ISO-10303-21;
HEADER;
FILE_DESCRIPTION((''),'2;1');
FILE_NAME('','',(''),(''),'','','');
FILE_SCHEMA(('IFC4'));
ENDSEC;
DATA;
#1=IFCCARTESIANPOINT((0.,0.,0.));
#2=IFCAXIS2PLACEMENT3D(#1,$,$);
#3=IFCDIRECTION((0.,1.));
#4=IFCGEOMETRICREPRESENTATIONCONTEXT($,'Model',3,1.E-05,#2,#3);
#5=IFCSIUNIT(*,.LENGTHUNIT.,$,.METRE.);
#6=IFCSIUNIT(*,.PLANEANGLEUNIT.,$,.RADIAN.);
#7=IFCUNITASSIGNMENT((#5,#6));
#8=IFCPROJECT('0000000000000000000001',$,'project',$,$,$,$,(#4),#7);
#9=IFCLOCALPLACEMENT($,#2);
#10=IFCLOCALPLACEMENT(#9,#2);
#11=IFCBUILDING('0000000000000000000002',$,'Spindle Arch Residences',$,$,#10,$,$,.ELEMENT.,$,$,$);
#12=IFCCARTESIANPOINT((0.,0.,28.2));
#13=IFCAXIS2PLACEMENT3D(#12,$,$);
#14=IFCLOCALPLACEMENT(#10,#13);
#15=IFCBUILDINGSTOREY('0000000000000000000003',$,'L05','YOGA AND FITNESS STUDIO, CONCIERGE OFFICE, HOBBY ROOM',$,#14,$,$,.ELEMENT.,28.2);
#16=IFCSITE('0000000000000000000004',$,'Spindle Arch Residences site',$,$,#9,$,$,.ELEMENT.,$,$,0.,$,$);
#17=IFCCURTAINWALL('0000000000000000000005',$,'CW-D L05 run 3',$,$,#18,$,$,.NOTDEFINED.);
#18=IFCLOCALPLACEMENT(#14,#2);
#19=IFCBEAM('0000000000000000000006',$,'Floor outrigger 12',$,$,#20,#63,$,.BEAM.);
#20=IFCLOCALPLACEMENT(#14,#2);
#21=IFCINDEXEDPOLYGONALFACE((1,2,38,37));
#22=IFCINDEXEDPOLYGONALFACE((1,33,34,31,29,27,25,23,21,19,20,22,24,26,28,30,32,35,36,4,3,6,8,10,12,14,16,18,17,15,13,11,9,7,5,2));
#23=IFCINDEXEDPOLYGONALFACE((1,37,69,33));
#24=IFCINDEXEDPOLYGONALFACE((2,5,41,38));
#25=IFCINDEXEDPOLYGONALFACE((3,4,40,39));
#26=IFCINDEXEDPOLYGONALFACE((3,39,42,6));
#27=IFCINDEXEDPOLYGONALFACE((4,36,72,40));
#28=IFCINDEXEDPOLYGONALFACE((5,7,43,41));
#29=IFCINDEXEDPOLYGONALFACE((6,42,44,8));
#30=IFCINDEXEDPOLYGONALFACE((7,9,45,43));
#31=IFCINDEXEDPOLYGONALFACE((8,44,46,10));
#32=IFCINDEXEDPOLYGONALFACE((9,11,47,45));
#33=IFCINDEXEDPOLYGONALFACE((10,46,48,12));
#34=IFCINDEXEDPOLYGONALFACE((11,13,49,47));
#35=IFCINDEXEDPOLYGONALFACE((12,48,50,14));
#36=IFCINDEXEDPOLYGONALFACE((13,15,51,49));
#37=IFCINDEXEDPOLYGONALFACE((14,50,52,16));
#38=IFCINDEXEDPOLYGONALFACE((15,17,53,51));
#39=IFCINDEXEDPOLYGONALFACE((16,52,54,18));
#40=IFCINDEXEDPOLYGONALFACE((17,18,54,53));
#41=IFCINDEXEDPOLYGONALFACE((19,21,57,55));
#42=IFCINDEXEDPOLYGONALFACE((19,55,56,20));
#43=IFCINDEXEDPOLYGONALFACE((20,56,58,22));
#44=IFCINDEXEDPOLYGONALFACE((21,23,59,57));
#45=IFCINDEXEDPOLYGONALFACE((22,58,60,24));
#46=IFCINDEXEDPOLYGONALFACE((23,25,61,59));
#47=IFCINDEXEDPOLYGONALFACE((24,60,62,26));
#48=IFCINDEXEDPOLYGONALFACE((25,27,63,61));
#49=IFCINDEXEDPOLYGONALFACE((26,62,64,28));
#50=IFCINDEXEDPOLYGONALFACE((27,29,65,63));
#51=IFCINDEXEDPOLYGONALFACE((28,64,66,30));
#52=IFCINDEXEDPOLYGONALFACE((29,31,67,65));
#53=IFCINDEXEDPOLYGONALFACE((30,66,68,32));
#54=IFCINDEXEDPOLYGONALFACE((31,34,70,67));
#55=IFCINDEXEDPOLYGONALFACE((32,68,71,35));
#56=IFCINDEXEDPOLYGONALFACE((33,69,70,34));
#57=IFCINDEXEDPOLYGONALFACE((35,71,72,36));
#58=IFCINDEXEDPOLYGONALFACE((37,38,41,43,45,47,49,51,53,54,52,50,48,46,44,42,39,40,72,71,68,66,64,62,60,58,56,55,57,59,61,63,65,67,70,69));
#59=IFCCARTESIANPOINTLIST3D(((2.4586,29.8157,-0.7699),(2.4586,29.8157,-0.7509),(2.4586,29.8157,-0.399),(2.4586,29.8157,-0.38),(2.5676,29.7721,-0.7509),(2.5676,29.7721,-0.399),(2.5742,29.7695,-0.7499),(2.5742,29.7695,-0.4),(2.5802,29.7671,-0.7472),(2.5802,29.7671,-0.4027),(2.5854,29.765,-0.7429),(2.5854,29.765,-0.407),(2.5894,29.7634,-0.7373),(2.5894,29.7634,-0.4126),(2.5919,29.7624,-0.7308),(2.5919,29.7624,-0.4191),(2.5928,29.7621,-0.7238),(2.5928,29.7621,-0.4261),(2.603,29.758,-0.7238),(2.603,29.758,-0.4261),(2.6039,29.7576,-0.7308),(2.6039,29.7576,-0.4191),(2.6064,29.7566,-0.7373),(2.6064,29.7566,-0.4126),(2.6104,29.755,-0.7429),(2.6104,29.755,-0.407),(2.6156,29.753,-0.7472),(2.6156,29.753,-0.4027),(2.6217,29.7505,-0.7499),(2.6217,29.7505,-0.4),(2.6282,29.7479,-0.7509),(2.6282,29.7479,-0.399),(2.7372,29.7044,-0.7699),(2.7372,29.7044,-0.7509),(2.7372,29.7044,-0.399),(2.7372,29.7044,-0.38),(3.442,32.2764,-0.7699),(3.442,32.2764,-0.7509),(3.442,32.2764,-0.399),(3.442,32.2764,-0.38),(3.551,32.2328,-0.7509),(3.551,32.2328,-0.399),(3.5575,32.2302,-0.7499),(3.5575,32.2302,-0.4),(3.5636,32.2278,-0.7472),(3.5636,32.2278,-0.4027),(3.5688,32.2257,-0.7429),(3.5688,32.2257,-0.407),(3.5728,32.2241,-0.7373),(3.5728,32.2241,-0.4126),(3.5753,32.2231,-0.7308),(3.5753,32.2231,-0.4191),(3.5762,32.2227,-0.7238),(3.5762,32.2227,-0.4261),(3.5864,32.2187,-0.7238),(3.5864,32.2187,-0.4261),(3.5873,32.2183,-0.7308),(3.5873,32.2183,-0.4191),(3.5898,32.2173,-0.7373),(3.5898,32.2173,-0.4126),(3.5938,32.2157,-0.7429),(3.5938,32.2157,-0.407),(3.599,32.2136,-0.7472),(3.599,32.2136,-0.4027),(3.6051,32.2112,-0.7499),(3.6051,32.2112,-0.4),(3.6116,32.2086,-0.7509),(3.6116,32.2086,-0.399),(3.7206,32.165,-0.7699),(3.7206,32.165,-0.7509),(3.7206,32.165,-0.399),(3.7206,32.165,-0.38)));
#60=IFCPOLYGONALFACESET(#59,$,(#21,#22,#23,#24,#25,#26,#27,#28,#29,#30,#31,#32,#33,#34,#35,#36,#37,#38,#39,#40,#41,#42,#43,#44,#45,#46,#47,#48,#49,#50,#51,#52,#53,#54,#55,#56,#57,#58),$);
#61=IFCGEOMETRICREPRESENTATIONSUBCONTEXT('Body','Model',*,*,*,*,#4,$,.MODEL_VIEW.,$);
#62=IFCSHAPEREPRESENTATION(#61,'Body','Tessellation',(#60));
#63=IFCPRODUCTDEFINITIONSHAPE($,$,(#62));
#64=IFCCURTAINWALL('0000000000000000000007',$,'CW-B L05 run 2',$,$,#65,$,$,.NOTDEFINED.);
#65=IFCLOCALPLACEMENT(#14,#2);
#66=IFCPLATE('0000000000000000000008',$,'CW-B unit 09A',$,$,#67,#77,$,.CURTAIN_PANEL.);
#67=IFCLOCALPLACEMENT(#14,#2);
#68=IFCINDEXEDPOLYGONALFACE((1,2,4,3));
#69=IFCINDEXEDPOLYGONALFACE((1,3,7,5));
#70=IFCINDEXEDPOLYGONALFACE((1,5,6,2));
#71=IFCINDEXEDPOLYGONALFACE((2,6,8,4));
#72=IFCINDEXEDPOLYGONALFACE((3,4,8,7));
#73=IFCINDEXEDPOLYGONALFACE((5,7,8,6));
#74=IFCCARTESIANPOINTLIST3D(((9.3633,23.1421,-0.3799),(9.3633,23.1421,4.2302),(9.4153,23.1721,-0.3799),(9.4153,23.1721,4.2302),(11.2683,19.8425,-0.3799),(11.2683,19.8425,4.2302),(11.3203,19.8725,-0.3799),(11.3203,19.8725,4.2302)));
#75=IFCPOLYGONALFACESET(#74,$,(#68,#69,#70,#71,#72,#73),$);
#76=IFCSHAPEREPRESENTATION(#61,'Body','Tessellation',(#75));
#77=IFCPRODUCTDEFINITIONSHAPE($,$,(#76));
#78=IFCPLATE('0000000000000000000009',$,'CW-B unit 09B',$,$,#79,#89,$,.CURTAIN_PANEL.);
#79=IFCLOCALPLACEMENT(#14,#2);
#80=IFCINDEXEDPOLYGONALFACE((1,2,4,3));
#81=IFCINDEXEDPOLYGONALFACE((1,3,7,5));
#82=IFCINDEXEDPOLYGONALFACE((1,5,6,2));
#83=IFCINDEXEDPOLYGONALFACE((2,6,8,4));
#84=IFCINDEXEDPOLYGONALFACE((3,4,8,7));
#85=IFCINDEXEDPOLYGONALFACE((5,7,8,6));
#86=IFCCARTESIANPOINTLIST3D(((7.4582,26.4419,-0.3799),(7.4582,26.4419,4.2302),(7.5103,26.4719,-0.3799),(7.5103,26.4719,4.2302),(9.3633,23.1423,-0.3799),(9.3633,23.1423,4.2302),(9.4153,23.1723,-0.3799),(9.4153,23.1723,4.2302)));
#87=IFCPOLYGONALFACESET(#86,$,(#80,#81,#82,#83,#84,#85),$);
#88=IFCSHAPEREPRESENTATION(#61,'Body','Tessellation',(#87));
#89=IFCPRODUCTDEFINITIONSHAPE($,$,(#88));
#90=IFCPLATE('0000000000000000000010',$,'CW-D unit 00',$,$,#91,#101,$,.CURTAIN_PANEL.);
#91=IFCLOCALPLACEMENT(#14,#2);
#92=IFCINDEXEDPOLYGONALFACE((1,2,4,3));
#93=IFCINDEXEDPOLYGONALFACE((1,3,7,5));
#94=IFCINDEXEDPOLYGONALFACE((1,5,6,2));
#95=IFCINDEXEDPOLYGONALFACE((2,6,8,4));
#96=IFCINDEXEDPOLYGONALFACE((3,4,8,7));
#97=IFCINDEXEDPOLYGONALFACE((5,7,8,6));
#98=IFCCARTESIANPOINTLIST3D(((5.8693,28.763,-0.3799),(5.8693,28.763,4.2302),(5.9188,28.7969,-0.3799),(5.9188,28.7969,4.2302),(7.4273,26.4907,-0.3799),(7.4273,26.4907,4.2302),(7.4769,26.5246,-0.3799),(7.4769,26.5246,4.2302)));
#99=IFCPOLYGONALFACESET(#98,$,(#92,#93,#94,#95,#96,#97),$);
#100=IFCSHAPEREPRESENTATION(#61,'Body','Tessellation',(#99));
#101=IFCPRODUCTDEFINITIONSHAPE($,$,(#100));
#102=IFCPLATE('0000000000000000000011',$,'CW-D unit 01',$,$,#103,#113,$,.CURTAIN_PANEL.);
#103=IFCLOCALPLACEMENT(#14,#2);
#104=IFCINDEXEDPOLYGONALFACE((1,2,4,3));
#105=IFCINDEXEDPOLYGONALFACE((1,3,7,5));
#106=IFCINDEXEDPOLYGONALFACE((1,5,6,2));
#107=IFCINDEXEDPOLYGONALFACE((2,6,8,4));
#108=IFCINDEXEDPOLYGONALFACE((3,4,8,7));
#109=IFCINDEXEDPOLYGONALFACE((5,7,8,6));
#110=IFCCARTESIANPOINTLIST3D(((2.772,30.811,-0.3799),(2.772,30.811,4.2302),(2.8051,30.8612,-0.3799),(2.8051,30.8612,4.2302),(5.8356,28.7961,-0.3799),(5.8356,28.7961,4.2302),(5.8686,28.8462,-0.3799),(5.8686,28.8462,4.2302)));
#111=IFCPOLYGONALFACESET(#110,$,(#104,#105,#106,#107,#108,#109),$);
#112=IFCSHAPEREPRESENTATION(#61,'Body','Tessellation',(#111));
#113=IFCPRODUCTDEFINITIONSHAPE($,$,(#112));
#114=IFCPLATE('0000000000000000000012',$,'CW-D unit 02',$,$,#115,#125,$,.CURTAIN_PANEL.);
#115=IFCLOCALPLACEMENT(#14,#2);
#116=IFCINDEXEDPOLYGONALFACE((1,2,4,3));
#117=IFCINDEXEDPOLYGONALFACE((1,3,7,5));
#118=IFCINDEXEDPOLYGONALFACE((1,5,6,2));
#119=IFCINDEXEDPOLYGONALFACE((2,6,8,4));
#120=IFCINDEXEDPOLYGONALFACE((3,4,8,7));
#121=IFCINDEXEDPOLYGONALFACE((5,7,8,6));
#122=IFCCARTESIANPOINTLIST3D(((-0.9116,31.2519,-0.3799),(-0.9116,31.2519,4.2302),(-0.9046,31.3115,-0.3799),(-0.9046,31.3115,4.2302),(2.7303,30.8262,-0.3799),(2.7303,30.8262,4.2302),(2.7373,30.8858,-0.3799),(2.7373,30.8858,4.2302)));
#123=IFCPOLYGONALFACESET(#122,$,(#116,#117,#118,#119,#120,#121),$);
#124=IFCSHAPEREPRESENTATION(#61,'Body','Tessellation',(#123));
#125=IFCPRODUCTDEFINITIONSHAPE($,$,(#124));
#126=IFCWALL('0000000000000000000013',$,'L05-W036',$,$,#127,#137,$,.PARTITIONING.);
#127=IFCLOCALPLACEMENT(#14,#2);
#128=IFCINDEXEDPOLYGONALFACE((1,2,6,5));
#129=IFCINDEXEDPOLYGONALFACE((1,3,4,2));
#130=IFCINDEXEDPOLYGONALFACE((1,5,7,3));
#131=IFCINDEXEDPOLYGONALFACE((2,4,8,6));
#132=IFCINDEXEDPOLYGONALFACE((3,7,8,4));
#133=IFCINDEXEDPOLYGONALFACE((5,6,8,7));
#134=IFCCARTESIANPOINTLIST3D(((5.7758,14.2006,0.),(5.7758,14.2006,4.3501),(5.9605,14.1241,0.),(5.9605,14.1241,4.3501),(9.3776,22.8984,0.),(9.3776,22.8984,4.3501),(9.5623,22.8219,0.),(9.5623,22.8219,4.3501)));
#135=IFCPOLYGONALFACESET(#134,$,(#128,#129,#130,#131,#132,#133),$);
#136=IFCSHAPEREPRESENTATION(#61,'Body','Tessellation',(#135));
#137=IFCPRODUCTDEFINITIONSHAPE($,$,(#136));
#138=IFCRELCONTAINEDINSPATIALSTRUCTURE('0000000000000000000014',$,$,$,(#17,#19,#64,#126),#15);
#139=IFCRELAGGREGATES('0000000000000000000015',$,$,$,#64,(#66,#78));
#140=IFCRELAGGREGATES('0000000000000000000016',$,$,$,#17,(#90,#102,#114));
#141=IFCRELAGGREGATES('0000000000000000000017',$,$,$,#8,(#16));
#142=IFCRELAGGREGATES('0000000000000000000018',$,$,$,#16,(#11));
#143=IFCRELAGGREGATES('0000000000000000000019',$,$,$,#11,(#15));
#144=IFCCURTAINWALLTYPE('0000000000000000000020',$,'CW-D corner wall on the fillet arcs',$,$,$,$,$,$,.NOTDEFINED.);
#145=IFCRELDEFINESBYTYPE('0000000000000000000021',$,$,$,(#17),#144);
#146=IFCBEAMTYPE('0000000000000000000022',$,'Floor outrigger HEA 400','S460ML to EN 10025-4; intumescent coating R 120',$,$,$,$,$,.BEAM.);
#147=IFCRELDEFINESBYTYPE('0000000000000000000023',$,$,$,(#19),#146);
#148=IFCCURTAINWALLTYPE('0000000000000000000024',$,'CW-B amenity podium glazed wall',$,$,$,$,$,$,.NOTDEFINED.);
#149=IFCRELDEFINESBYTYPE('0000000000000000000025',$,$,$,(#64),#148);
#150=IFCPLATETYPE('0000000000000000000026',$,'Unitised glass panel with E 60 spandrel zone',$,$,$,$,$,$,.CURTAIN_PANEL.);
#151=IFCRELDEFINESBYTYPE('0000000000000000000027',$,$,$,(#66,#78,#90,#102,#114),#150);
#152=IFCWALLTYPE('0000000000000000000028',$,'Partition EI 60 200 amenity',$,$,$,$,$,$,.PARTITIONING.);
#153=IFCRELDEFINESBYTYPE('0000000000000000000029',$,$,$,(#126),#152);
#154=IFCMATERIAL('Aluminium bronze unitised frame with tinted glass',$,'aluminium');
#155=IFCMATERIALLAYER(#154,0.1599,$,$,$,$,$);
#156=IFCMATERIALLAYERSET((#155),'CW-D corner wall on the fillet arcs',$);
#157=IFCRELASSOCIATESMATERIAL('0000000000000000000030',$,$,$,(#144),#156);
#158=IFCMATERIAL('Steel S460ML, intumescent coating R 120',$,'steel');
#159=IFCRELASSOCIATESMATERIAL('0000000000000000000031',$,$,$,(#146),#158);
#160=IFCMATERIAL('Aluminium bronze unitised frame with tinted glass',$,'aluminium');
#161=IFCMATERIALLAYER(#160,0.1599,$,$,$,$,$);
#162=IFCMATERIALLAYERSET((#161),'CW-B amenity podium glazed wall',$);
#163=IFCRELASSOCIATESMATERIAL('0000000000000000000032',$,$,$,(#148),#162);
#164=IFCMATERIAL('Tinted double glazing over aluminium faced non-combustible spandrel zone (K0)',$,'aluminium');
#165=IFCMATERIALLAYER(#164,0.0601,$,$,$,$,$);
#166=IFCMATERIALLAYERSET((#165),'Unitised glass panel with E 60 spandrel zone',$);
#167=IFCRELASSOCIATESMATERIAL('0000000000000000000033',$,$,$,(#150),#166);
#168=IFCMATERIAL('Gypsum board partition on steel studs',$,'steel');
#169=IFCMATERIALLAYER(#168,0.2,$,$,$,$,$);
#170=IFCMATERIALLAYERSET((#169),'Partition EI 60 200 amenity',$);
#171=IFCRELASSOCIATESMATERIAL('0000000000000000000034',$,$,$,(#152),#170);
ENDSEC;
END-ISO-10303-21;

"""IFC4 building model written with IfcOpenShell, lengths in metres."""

from ifc_helpers import new_model, si_unit, direction, frame, frame_2d, origin, origin_2d, place, context, subcontext, project, spatial, rectangle, i_section, extrude, material, layer, layer_set, material_profile, profile_set, type_object, element, aggregate, save


model = new_model("IFC4")

# Units and contexts
model_context = context("Model", 3, precision=1e-05, world=origin(), true_north=direction((0.0, 1.0)))
body_context = subcontext(model_context, "Body", "Model", "MODEL_VIEW")
ifc_project = project(units=[si_unit("LENGTHUNIT", "METRE"), si_unit("PLANEANGLEUNIT", "RADIAN")], contexts=[model_context])

# Site, building, storey
site_placement = place(None, origin())
site = spatial("IfcSite", under=ifc_project, at=site_placement, Name="Spindle Arch Residences site", CompositionType="ELEMENT", RefElevation=0.0)
building_placement = place(site_placement, origin())
building = spatial("IfcBuilding", under=site, at=building_placement, Name="Spindle Arch Residences", CompositionType="ELEMENT")
storey_placement = place(building_placement, frame((0.0, 0.0, 28.2)))
storey = spatial("IfcBuildingStorey", under=building, at=storey_placement, Name="L05", Description="YOGA AND FITNESS STUDIO, CONCIERGE OFFICE, HOBBY ROOM", CompositionType="ELEMENT", Elevation=28.2)

# Curtain wall
ifc_material_1 = material(Name="Aluminium bronze unitised frame with tinted glass", Category="aluminium")
ifc_layer_1 = layer(ifc_material_1, 0.1599)
ifc_layer_set_1 = layer_set([ifc_layer_1], Name="CW-D corner wall on the fillet arcs")
curtain_wall_type_1 = type_object("IfcCurtainWallType", Name="CW-D corner wall on the fillet arcs", PredefinedType="NOTDEFINED", material=ifc_layer_set_1)
curtain_wall_1_placement = place(storey_placement, origin())
curtain_wall_1 = element("IfcCurtainWall", 1, at=curtain_wall_1_placement, inside=storey, type_object=curtain_wall_type_1, Name="CW-D L05 run 3", PredefinedType="NOTDEFINED")

# Beam
ifc_material_2 = material(Name="Steel S460ML, intumescent coating R 120", Category="steel")
ifc_material_profile_1 = material_profile(ifc_material_2, i_section(OverallWidth=0.3, OverallDepth=0.3899, WebThickness=0.011, FlangeThickness=0.019, FilletRadius=0.0271, at=origin_2d()), Name="HEA 400")
ifc_profile_set_1 = profile_set([ifc_material_profile_1], Name="Steel S460ML, intumescent coating R 120")
beam_type_1 = type_object("IfcBeamType", Name="Floor outrigger HEA 400", Description="S460ML to EN 10025-4; intumescent coating R 120", PredefinedType="BEAM", material=ifc_profile_set_1)
beam_1_placement = place(storey_placement, frame((3.5813, 32.2207, -0.575), z_axis=(-0.371105, -0.928591, 0.0), x_axis=(0.928591, -0.371105, 0.0)))
element("IfcBeam", 2, at=beam_1_placement, inside=storey, type_object=beam_type_1, Name="Floor outrigger 12", PredefinedType="BEAM", context=body_context, shape_type="SweptSolid", body=[
    extrude(i_section(OverallWidth=0.3, OverallDepth=0.3899, WebThickness=0.011, FlangeThickness=0.019, FilletRadius=0.0271, at=origin_2d()), origin(), (0.0, 0.0, 1.0), 2.6499),
])

# Curtain wall, plates
ifc_material_3 = material(Name="Aluminium bronze unitised frame with tinted glass", Category="aluminium")
ifc_layer_2 = layer(ifc_material_3, 0.1599)
ifc_layer_set_2 = layer_set([ifc_layer_2], Name="CW-B amenity podium glazed wall")
curtain_wall_type_2 = type_object("IfcCurtainWallType", Name="CW-B amenity podium glazed wall", PredefinedType="NOTDEFINED", material=ifc_layer_set_2)
curtain_wall_2_placement = place(storey_placement, origin())
curtain_wall_2 = element("IfcCurtainWall", 3, at=curtain_wall_2_placement, inside=storey, type_object=curtain_wall_type_2, Name="CW-B L05 run 2", PredefinedType="NOTDEFINED")
ifc_material_4 = material(Name="Tinted double glazing over aluminium faced non-combustible spandrel zone (K0)", Category="aluminium")
ifc_layer_3 = layer(ifc_material_4, 0.0601)
ifc_layer_set_3 = layer_set([ifc_layer_3], Name="Unitised glass panel with E 60 spandrel zone")
plate_type = type_object("IfcPlateType", Name="Unitised glass panel with E 60 spandrel zone", PredefinedType="CURTAIN_PANEL", material=ifc_layer_set_3)
plate_1_placement = place(storey_placement, frame((10.3418, 21.5073, -0.3799), z_axis=(0.0, 0.0, 1.0), x_axis=(-0.5, 0.866025, 0.0)))
plate_1 = element("IfcPlate", 4, at=plate_1_placement, type_object=plate_type, Name="CW-B unit 09A", PredefinedType="CURTAIN_PANEL", context=body_context, shape_type="SweptSolid", body=[
    extrude(rectangle(XDim=3.8101, YDim=0.0601, at=origin_2d()), origin(), (0.0, 0.0, 1.0), 4.6101),
])
plate_2_placement = place(storey_placement, frame((8.4368, 24.8071, -0.3799), z_axis=(0.0, 0.0, 1.0), x_axis=(-0.5, 0.866025, 0.0)))
plate_2 = element("IfcPlate", 5, at=plate_2_placement, type_object=plate_type, Name="CW-B unit 09B", PredefinedType="CURTAIN_PANEL", context=body_context, shape_type="SweptSolid", body=[
    extrude(rectangle(XDim=3.8101, YDim=0.0601, at=origin_2d()), origin(), (0.0, 0.0, 1.0), 4.6101),
])
aggregate(curtain_wall_2, [plate_1, plate_2])

# Plates
plate_3_placement = place(storey_placement, frame((6.6731, 27.6438, -0.3799), z_axis=(0.0, 0.0, 1.0), x_axis=(-0.565501, 0.824748, 0.0)))
plate_3 = element("IfcPlate", 6, at=plate_3_placement, type_object=plate_type, Name="CW-D unit 00", PredefinedType="CURTAIN_PANEL", context=body_context, shape_type="SweptSolid", body=[
    extrude(rectangle(XDim=2.7551, YDim=0.0601, at=origin_2d()), origin(), (0.0, 0.0, 1.0), 4.6101),
])
plate_4_placement = place(storey_placement, frame((4.3203, 29.8286, -0.3799), z_axis=(0.0, 0.0, 1.0), x_axis=(-0.835488, 0.549509, 0.0)))
plate_4 = element("IfcPlate", 7, at=plate_4_placement, type_object=plate_type, Name="CW-D unit 01", PredefinedType="CURTAIN_PANEL", context=body_context, shape_type="SweptSolid", body=[
    extrude(rectangle(XDim=3.6667, YDim=0.0601, at=origin_2d()), origin(), (0.0, 0.0, 1.0), 4.6101),
])
plate_5_placement = place(storey_placement, frame((0.9128, 31.0688, -0.3799), z_axis=(0.0, 0.0, 1.0), x_axis=(-0.993238, 0.116093, 0.0)))
plate_5 = element("IfcPlate", 8, at=plate_5_placement, type_object=plate_type, Name="CW-D unit 02", PredefinedType="CURTAIN_PANEL", context=body_context, shape_type="SweptSolid", body=[
    extrude(rectangle(XDim=3.6667, YDim=0.0601, at=origin_2d()), origin(), (0.0, 0.0, 1.0), 4.6101),
])
aggregate(curtain_wall_1, [plate_3, plate_4, plate_5])

# Wall
ifc_material_5 = material(Name="Gypsum board partition on steel studs", Category="steel")
ifc_layer_4 = layer(ifc_material_5, 0.2)
ifc_layer_set_4 = layer_set([ifc_layer_4], Name="Partition EI 60 200 amenity")
wall_type = type_object("IfcWallType", Name="Partition EI 60 200 amenity", PredefinedType="PARTITIONING", material=ifc_layer_set_4)
wall_placement = place(storey_placement, frame((9.47, 22.8601, 0.0), z_axis=(0.0, 0.0, 1.0), x_axis=(-0.3826, -0.923914, 0.0)))
element("IfcWall", 9, at=wall_placement, inside=storey, type_object=wall_type, Name="L05-W036", PredefinedType="PARTITIONING", context=body_context, shape_type="SweptSolid", body=[
    extrude(rectangle(XDim=9.4141, YDim=0.2, at=frame_2d((4.707, 0.0))), origin(), (0.0, 0.0, 1.0), 4.3501),
])

save(model, "model.ifc")
